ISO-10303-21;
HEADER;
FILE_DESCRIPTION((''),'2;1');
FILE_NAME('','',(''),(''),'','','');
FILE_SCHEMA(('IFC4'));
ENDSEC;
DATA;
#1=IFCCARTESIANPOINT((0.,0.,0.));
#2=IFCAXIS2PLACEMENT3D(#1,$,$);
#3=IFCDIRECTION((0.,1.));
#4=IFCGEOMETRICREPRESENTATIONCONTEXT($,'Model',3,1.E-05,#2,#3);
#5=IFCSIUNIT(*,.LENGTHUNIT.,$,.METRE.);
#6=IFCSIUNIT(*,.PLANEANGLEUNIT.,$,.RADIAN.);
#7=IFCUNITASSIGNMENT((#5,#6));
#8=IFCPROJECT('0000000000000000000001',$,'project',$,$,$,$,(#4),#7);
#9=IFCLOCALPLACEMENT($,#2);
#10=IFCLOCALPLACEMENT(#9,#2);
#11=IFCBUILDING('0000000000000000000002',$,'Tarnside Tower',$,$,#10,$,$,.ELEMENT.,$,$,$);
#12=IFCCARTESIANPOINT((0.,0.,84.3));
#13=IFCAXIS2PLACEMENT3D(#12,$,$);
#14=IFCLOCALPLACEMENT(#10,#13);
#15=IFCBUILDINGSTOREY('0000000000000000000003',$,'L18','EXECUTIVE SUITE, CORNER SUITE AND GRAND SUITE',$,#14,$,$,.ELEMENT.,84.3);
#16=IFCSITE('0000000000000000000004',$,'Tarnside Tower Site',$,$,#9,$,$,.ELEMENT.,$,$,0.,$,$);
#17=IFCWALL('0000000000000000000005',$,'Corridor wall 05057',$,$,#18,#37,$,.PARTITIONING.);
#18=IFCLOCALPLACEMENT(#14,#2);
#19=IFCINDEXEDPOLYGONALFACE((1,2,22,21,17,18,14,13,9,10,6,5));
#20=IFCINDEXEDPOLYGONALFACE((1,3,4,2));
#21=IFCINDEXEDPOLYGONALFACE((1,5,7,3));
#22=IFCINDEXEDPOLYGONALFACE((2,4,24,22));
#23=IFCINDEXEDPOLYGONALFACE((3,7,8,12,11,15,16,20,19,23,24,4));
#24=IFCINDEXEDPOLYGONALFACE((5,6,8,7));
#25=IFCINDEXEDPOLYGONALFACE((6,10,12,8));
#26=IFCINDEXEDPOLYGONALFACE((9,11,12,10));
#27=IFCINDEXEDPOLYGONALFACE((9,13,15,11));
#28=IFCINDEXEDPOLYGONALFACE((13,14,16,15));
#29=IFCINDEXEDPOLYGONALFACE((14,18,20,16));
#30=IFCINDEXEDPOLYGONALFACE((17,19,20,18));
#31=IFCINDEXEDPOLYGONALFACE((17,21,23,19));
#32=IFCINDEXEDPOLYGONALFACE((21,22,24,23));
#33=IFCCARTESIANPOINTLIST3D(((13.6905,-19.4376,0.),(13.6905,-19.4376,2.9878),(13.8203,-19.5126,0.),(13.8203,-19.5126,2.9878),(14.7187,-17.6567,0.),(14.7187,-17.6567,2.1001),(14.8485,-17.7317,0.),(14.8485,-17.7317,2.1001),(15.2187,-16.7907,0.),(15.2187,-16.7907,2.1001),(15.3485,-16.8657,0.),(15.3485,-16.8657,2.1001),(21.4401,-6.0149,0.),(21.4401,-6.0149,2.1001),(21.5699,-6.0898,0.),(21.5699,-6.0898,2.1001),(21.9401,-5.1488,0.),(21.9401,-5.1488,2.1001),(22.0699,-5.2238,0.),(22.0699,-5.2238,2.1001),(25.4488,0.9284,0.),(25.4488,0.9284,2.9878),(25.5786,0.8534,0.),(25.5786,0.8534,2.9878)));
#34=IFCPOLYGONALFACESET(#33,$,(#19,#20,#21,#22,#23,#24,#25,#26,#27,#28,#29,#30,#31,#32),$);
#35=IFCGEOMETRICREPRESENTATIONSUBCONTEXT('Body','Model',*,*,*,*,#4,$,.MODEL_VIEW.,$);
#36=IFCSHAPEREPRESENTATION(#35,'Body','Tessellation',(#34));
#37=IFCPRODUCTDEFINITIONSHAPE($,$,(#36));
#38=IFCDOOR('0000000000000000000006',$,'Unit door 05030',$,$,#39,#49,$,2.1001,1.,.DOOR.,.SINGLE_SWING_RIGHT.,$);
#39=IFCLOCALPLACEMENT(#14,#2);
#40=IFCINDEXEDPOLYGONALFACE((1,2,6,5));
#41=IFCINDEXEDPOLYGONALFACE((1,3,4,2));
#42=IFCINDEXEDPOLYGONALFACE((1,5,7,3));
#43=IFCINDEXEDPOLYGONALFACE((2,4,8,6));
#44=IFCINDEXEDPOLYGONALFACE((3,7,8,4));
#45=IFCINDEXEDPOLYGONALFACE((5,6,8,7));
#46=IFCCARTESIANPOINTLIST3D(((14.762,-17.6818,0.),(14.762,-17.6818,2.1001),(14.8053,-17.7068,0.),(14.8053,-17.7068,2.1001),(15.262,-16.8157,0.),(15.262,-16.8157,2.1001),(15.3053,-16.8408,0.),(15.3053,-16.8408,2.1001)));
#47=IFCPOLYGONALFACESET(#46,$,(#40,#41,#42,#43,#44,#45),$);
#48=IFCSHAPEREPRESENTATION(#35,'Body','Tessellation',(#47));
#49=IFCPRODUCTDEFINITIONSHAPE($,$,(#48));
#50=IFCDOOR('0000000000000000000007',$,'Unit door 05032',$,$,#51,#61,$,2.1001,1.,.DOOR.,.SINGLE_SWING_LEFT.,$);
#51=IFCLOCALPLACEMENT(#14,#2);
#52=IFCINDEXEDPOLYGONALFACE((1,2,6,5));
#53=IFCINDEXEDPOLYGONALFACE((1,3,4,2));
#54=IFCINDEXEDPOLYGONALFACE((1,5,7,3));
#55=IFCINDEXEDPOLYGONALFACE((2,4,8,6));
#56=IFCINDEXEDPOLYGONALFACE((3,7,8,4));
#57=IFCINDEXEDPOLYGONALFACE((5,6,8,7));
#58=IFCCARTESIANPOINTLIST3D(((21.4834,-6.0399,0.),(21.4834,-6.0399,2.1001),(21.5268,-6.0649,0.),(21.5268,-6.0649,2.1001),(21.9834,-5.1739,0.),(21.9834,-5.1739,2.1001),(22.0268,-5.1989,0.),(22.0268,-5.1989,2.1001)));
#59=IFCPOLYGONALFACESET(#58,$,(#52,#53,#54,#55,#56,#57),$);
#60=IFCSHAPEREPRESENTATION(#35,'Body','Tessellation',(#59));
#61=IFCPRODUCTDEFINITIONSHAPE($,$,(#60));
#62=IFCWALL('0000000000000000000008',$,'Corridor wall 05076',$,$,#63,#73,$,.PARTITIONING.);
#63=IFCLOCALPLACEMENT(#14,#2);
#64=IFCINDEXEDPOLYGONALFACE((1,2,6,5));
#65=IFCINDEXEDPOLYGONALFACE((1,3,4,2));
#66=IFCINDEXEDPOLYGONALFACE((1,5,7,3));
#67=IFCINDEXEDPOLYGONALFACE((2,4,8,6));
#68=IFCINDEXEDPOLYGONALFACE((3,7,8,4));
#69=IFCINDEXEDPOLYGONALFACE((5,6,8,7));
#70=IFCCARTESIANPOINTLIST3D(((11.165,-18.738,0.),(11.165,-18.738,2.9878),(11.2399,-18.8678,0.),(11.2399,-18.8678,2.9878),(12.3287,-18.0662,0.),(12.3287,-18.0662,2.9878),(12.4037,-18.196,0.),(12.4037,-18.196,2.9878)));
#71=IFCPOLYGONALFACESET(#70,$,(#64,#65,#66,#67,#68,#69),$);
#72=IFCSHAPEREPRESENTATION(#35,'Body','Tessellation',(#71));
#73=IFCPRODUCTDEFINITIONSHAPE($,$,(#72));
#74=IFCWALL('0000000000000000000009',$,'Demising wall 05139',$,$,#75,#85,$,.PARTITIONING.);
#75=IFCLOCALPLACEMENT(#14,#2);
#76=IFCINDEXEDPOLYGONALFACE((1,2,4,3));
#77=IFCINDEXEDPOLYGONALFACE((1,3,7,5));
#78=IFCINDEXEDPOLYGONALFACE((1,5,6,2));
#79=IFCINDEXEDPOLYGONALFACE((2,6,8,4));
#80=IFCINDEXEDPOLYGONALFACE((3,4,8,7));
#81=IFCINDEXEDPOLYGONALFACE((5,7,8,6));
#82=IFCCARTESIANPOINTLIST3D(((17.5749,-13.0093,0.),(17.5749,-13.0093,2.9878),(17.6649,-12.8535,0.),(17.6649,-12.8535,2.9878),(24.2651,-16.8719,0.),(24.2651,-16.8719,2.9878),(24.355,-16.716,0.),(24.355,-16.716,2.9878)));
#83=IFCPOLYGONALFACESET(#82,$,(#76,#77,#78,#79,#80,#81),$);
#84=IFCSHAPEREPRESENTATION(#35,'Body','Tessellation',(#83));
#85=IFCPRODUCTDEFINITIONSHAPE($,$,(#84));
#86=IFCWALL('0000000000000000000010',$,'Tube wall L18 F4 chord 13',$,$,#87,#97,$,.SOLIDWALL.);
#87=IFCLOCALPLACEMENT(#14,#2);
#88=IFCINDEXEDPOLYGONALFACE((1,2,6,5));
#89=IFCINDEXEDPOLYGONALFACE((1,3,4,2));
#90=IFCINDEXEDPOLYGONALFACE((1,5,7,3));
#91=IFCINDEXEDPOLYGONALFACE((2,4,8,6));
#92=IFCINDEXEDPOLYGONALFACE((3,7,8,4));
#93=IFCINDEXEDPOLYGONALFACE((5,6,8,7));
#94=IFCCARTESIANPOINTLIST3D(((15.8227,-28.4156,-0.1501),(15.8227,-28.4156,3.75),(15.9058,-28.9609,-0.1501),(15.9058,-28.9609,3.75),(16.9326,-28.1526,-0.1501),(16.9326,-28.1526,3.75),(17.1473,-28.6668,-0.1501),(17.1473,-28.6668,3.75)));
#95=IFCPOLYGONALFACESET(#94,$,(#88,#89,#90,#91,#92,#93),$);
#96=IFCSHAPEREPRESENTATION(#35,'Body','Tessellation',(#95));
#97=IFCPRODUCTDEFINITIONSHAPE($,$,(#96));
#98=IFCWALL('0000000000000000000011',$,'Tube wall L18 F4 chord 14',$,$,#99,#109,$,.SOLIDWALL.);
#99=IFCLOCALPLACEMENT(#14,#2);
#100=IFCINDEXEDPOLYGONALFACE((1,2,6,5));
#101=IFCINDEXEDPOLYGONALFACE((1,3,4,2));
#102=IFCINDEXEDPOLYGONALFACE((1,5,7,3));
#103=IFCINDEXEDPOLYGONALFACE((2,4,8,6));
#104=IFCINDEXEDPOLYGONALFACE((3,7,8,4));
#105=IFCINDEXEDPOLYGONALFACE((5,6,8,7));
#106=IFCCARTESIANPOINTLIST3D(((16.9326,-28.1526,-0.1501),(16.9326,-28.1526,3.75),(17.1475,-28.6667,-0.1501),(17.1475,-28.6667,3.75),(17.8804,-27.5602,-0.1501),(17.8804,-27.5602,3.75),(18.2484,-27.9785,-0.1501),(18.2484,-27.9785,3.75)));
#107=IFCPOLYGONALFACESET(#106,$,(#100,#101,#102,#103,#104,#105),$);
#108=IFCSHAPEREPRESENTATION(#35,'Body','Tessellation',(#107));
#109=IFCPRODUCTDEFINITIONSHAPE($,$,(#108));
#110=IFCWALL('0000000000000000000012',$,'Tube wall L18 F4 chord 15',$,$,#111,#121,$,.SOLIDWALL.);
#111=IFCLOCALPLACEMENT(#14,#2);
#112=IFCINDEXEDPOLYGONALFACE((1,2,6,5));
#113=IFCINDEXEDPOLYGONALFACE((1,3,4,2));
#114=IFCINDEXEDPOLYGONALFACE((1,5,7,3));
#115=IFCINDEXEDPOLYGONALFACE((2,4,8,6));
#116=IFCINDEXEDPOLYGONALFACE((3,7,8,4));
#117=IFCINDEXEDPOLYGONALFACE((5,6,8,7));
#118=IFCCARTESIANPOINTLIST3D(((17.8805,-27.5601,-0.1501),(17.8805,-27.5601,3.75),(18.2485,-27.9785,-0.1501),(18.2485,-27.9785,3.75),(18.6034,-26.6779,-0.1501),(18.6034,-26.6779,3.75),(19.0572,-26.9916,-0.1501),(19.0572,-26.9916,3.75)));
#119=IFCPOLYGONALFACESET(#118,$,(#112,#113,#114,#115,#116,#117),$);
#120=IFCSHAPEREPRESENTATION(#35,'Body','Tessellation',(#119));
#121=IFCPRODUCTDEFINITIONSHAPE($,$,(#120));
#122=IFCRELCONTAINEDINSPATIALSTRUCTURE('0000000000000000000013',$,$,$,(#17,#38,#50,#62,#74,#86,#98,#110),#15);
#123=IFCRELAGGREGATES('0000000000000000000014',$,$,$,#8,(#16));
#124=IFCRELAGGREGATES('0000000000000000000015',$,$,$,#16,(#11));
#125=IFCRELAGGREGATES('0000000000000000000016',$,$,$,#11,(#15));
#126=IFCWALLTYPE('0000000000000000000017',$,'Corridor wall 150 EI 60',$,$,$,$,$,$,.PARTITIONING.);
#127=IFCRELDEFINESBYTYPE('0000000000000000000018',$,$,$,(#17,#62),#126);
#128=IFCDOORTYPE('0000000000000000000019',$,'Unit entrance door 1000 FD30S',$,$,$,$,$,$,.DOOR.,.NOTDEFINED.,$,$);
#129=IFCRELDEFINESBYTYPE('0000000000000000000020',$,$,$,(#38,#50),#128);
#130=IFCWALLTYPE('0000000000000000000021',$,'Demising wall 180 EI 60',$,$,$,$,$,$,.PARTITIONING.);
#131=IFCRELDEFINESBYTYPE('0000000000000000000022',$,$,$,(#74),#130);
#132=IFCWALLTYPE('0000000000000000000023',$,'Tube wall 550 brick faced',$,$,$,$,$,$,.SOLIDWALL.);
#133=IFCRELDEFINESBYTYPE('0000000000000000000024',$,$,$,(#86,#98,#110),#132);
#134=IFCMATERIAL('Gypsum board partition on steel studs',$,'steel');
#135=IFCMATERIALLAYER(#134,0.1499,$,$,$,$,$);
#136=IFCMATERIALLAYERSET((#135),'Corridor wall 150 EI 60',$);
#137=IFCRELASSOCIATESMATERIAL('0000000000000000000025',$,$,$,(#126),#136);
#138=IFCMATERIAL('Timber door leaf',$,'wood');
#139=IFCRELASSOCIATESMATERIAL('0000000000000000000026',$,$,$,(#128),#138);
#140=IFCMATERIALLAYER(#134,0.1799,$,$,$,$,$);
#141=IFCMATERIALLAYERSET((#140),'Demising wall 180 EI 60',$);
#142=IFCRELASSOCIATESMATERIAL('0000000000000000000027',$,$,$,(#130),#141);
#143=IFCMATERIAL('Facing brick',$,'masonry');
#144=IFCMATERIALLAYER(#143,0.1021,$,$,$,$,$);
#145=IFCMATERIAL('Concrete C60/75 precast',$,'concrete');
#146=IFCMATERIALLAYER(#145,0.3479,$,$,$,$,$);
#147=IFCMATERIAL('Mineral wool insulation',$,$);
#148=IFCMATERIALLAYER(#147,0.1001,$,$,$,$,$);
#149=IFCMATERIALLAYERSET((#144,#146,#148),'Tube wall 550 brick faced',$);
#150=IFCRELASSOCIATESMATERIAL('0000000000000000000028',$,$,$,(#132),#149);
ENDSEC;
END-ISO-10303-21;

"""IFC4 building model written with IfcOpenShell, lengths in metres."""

from ifc_helpers import new_model, si_unit, direction, frame, frame_2d, origin, place, context, subcontext, project, spatial, polyline, rectangle, outline, extrude, material, layer, layer_set, type_object, element, fill, save


model = new_model("IFC4")

# Units and contexts
model_context = context("Model", 3, precision=1e-05, world=origin(), true_north=direction((0.0, 1.0)))
body_context = subcontext(model_context, "Body", "Model", "MODEL_VIEW")
ifc_project = project(units=[si_unit("LENGTHUNIT", "METRE"), si_unit("PLANEANGLEUNIT", "RADIAN")], contexts=[model_context])

# Site, building, storey
site_placement = place(None, origin())
site = spatial("IfcSite", under=ifc_project, at=site_placement, Name="Tarnside Tower Site", CompositionType="ELEMENT", RefElevation=0.0)
building_placement = place(site_placement, origin())
building = spatial("IfcBuilding", under=site, at=building_placement, Name="Tarnside Tower", CompositionType="ELEMENT")
storey_placement = place(building_placement, frame((0.0, 0.0, 84.3)))
storey = spatial("IfcBuildingStorey", under=building, at=storey_placement, Name="L18", Description="EXECUTIVE SUITE, CORNER SUITE AND GRAND SUITE", CompositionType="ELEMENT", Elevation=84.3)

# Shared definitions
ifc_material_1 = material(Name="Gypsum board partition on steel studs", Category="steel")
ifc_layer_1 = layer(ifc_material_1, 0.1499)
ifc_layer_set_1 = layer_set([ifc_layer_1], Name="Corridor wall 150 EI 60")
wall_type_1 = type_object("IfcWallType", Name="Corridor wall 150 EI 60", PredefinedType="PARTITIONING", material=ifc_layer_set_1)

# Shared definitions
ifc_material_2 = material(Name="Timber door leaf", Category="wood")

# Wall, openings, doors
wall_1_placement = place(storey_placement, frame((13.7554, -19.4751, 0.0), z_axis=(0.0, 0.0, 1.0), x_axis=(0.5, 0.866025, 0.0)))
wall_1 = element("IfcWall", 1, at=wall_1_placement, inside=storey, type_object=wall_type_1, Name="Corridor wall 05057", PredefinedType="PARTITIONING", context=body_context, shape_type="SweptSolid", body=[
    extrude(rectangle(XDim=23.5166, YDim=0.1499, at=frame_2d((11.7583, 0.0))), origin(), (0.0, 0.0, 1.0), 2.9878),
])
opening_1_placement = place(wall_1_placement, frame((2.0564, 0.0, 0.0)))
opening_1 = element("IfcOpeningElement", 2, at=opening_1_placement, cuts=wall_1, PredefinedType="OPENING", context=body_context, shape_type="SweptSolid", body=[
    extrude(rectangle(XDim=1.0, YDim=2.1001, at=frame_2d((0.5, 1.05))), frame((0.0, 0.085, 0.0), z_axis=(0.0, -1.0, 0.0), x_axis=(1.0, 0.0, 0.0)), (0.0, 0.0, 1.0), 0.1699),
])
opening_2_placement = place(wall_1_placement, frame((15.4993, 0.0, 0.0)))
opening_2 = element("IfcOpeningElement", 3, at=opening_2_placement, cuts=wall_1, PredefinedType="OPENING", context=body_context, shape_type="SweptSolid", body=[
    extrude(rectangle(XDim=1.0, YDim=2.1001, at=frame_2d((0.5, 1.05))), frame((0.0, 0.085, 0.0), z_axis=(0.0, -1.0, 0.0), x_axis=(1.0, 0.0, 0.0)), (0.0, 0.0, 1.0), 0.1699),
])
door_type_1 = type_object("IfcDoorType", Name="Unit entrance door 1000 FD30S", OperationType="NOTDEFINED", PredefinedType="DOOR", material=ifc_material_2)
door_1_placement = place(opening_1_placement, origin())
door_1 = element("IfcDoor", 4, at=door_1_placement, inside=storey, type_object=door_type_1, Name="Unit door 05030", OperationType="SINGLE_SWING_RIGHT", OverallHeight=2.1001, OverallWidth=1.0, PredefinedType="DOOR", context=body_context, shape_type="SweptSolid", body=[
    extrude(rectangle(XDim=1.0, YDim=2.1001, at=frame_2d((0.5, 1.05))), frame((0.0, 0.0249, 0.0), z_axis=(0.0, -1.0, 0.0), x_axis=(1.0, 0.0, 0.0)), (0.0, 0.0, 1.0), 0.05),
])
fill(opening_1, door_1)
door_2_placement = place(opening_2_placement, origin())
door_2 = element("IfcDoor", 5, at=door_2_placement, inside=storey, type_object=door_type_1, Name="Unit door 05032", OperationType="SINGLE_SWING_LEFT", OverallHeight=2.1001, OverallWidth=1.0, PredefinedType="DOOR", context=body_context, shape_type="SweptSolid", body=[
    extrude(rectangle(XDim=1.0, YDim=2.1001, at=frame_2d((0.5, 1.05))), frame((0.0, 0.0249, 0.0), z_axis=(0.0, -1.0, 0.0), x_axis=(1.0, 0.0, 0.0)), (0.0, 0.0, 1.0), 0.05),
])
fill(opening_2, door_2)

# Walls
wall_2_placement = place(storey_placement, frame((12.3662, -18.1311, 0.0), z_axis=(0.0, 0.0, 1.0), x_axis=(-0.866043, -0.499969, 0.0)))
element("IfcWall", 6, at=wall_2_placement, inside=storey, type_object=wall_type_1, Name="Corridor wall 05076", PredefinedType="PARTITIONING", context=body_context, shape_type="SweptSolid", body=[
    extrude(rectangle(XDim=1.3438, YDim=0.1499, at=frame_2d((0.6719, 0.0))), origin(), (0.0, 0.0, 1.0), 2.9878),
])
ifc_layer_2 = layer(ifc_material_1, 0.1799)
ifc_layer_set_2 = layer_set([ifc_layer_2], Name="Demising wall 180 EI 60")
wall_type_2 = type_object("IfcWallType", Name="Demising wall 180 EI 60", PredefinedType="PARTITIONING", material=ifc_layer_set_2)
wall_3_placement = place(storey_placement, frame((24.3101, -16.7939, 0.0), z_axis=(0.0, 0.0, 1.0), x_axis=(-0.866027, 0.499997, 0.0)))
element("IfcWall", 7, at=wall_3_placement, inside=storey, type_object=wall_type_2, Name="Demising wall 05139", PredefinedType="PARTITIONING", context=body_context, shape_type="SweptSolid", body=[
    extrude(rectangle(XDim=7.7251, YDim=0.1799, at=frame_2d((3.8625, 0.0))), origin(), (0.0, 0.0, 1.0), 2.9878),
])
ifc_material_3 = material(Name="Facing brick", Category="masonry")
ifc_layer_3 = layer(ifc_material_3, 0.1021)
ifc_material_4 = material(Name="Concrete C60/75 precast", Category="concrete")
ifc_layer_4 = layer(ifc_material_4, 0.3479)
ifc_material_5 = material(Name="Mineral wool insulation")
ifc_layer_5 = layer(ifc_material_5, 0.1001)
ifc_layer_set_3 = layer_set([ifc_layer_3, ifc_layer_4, ifc_layer_5], Name="Tube wall 550 brick faced")
wall_type_3 = type_object("IfcWallType", Name="Tube wall 550 brick faced", PredefinedType="SOLIDWALL", material=ifc_layer_set_3)
wall_4_placement = place(storey_placement, frame((15.8643, -28.6882, -0.1501), z_axis=(0.0, 0.0, 1.0), x_axis=(0.973064, 0.230537, 0.0)))
element("IfcWall", 8, at=wall_4_placement, inside=storey, type_object=wall_type_3, Name="Tube wall L18 F4 chord 13", PredefinedType="SOLIDWALL", context=body_context, shape_type="SweptSolid", body=[
    extrude(outline(polyline([(-0.0225, -0.2749), (1.2534, -0.2749), (1.1631, 0.2749), (0.0225, 0.2749), (-0.0225, -0.2749)])), origin(), (0.0, 0.0, 1.0), 3.9001),
])
wall_5_placement = place(storey_placement, frame((17.04, -28.4097, -0.1501), z_axis=(0.0, 0.0, 1.0), x_axis=(0.847953, 0.530072, 0.0)))
element("IfcWall", 9, at=wall_5_placement, inside=storey, type_object=wall_type_3, Name="Tube wall L18 F4 chord 14", PredefinedType="SOLIDWALL", context=body_context, shape_type="SweptSolid", body=[
    extrude(outline(polyline([(-0.0452, -0.2749), (1.2532, -0.2749), (1.1628, 0.2749), (0.0452, 0.2749), (-0.0452, -0.2749)])), origin(), (0.0, 0.0, 1.0), 3.9001),
])
wall_6_placement = place(storey_placement, frame((18.0645, -27.7693, -0.1501), z_axis=(0.0, 0.0, 1.0), x_axis=(0.633843, 0.773462, 0.0)))
element("IfcWall", 10, at=wall_6_placement, inside=storey, type_object=wall_type_3, Name="Tube wall L18 F4 chord 15", PredefinedType="SOLIDWALL", context=body_context, shape_type="SweptSolid", body=[
    extrude(outline(polyline([(-0.0452, -0.2749), (1.2307, -0.2749), (1.1858, 0.2749), (0.0452, 0.2749), (-0.0452, -0.2749)])), origin(), (0.0, 0.0, 1.0), 3.9001),
])

save(model, "model.ifc")
